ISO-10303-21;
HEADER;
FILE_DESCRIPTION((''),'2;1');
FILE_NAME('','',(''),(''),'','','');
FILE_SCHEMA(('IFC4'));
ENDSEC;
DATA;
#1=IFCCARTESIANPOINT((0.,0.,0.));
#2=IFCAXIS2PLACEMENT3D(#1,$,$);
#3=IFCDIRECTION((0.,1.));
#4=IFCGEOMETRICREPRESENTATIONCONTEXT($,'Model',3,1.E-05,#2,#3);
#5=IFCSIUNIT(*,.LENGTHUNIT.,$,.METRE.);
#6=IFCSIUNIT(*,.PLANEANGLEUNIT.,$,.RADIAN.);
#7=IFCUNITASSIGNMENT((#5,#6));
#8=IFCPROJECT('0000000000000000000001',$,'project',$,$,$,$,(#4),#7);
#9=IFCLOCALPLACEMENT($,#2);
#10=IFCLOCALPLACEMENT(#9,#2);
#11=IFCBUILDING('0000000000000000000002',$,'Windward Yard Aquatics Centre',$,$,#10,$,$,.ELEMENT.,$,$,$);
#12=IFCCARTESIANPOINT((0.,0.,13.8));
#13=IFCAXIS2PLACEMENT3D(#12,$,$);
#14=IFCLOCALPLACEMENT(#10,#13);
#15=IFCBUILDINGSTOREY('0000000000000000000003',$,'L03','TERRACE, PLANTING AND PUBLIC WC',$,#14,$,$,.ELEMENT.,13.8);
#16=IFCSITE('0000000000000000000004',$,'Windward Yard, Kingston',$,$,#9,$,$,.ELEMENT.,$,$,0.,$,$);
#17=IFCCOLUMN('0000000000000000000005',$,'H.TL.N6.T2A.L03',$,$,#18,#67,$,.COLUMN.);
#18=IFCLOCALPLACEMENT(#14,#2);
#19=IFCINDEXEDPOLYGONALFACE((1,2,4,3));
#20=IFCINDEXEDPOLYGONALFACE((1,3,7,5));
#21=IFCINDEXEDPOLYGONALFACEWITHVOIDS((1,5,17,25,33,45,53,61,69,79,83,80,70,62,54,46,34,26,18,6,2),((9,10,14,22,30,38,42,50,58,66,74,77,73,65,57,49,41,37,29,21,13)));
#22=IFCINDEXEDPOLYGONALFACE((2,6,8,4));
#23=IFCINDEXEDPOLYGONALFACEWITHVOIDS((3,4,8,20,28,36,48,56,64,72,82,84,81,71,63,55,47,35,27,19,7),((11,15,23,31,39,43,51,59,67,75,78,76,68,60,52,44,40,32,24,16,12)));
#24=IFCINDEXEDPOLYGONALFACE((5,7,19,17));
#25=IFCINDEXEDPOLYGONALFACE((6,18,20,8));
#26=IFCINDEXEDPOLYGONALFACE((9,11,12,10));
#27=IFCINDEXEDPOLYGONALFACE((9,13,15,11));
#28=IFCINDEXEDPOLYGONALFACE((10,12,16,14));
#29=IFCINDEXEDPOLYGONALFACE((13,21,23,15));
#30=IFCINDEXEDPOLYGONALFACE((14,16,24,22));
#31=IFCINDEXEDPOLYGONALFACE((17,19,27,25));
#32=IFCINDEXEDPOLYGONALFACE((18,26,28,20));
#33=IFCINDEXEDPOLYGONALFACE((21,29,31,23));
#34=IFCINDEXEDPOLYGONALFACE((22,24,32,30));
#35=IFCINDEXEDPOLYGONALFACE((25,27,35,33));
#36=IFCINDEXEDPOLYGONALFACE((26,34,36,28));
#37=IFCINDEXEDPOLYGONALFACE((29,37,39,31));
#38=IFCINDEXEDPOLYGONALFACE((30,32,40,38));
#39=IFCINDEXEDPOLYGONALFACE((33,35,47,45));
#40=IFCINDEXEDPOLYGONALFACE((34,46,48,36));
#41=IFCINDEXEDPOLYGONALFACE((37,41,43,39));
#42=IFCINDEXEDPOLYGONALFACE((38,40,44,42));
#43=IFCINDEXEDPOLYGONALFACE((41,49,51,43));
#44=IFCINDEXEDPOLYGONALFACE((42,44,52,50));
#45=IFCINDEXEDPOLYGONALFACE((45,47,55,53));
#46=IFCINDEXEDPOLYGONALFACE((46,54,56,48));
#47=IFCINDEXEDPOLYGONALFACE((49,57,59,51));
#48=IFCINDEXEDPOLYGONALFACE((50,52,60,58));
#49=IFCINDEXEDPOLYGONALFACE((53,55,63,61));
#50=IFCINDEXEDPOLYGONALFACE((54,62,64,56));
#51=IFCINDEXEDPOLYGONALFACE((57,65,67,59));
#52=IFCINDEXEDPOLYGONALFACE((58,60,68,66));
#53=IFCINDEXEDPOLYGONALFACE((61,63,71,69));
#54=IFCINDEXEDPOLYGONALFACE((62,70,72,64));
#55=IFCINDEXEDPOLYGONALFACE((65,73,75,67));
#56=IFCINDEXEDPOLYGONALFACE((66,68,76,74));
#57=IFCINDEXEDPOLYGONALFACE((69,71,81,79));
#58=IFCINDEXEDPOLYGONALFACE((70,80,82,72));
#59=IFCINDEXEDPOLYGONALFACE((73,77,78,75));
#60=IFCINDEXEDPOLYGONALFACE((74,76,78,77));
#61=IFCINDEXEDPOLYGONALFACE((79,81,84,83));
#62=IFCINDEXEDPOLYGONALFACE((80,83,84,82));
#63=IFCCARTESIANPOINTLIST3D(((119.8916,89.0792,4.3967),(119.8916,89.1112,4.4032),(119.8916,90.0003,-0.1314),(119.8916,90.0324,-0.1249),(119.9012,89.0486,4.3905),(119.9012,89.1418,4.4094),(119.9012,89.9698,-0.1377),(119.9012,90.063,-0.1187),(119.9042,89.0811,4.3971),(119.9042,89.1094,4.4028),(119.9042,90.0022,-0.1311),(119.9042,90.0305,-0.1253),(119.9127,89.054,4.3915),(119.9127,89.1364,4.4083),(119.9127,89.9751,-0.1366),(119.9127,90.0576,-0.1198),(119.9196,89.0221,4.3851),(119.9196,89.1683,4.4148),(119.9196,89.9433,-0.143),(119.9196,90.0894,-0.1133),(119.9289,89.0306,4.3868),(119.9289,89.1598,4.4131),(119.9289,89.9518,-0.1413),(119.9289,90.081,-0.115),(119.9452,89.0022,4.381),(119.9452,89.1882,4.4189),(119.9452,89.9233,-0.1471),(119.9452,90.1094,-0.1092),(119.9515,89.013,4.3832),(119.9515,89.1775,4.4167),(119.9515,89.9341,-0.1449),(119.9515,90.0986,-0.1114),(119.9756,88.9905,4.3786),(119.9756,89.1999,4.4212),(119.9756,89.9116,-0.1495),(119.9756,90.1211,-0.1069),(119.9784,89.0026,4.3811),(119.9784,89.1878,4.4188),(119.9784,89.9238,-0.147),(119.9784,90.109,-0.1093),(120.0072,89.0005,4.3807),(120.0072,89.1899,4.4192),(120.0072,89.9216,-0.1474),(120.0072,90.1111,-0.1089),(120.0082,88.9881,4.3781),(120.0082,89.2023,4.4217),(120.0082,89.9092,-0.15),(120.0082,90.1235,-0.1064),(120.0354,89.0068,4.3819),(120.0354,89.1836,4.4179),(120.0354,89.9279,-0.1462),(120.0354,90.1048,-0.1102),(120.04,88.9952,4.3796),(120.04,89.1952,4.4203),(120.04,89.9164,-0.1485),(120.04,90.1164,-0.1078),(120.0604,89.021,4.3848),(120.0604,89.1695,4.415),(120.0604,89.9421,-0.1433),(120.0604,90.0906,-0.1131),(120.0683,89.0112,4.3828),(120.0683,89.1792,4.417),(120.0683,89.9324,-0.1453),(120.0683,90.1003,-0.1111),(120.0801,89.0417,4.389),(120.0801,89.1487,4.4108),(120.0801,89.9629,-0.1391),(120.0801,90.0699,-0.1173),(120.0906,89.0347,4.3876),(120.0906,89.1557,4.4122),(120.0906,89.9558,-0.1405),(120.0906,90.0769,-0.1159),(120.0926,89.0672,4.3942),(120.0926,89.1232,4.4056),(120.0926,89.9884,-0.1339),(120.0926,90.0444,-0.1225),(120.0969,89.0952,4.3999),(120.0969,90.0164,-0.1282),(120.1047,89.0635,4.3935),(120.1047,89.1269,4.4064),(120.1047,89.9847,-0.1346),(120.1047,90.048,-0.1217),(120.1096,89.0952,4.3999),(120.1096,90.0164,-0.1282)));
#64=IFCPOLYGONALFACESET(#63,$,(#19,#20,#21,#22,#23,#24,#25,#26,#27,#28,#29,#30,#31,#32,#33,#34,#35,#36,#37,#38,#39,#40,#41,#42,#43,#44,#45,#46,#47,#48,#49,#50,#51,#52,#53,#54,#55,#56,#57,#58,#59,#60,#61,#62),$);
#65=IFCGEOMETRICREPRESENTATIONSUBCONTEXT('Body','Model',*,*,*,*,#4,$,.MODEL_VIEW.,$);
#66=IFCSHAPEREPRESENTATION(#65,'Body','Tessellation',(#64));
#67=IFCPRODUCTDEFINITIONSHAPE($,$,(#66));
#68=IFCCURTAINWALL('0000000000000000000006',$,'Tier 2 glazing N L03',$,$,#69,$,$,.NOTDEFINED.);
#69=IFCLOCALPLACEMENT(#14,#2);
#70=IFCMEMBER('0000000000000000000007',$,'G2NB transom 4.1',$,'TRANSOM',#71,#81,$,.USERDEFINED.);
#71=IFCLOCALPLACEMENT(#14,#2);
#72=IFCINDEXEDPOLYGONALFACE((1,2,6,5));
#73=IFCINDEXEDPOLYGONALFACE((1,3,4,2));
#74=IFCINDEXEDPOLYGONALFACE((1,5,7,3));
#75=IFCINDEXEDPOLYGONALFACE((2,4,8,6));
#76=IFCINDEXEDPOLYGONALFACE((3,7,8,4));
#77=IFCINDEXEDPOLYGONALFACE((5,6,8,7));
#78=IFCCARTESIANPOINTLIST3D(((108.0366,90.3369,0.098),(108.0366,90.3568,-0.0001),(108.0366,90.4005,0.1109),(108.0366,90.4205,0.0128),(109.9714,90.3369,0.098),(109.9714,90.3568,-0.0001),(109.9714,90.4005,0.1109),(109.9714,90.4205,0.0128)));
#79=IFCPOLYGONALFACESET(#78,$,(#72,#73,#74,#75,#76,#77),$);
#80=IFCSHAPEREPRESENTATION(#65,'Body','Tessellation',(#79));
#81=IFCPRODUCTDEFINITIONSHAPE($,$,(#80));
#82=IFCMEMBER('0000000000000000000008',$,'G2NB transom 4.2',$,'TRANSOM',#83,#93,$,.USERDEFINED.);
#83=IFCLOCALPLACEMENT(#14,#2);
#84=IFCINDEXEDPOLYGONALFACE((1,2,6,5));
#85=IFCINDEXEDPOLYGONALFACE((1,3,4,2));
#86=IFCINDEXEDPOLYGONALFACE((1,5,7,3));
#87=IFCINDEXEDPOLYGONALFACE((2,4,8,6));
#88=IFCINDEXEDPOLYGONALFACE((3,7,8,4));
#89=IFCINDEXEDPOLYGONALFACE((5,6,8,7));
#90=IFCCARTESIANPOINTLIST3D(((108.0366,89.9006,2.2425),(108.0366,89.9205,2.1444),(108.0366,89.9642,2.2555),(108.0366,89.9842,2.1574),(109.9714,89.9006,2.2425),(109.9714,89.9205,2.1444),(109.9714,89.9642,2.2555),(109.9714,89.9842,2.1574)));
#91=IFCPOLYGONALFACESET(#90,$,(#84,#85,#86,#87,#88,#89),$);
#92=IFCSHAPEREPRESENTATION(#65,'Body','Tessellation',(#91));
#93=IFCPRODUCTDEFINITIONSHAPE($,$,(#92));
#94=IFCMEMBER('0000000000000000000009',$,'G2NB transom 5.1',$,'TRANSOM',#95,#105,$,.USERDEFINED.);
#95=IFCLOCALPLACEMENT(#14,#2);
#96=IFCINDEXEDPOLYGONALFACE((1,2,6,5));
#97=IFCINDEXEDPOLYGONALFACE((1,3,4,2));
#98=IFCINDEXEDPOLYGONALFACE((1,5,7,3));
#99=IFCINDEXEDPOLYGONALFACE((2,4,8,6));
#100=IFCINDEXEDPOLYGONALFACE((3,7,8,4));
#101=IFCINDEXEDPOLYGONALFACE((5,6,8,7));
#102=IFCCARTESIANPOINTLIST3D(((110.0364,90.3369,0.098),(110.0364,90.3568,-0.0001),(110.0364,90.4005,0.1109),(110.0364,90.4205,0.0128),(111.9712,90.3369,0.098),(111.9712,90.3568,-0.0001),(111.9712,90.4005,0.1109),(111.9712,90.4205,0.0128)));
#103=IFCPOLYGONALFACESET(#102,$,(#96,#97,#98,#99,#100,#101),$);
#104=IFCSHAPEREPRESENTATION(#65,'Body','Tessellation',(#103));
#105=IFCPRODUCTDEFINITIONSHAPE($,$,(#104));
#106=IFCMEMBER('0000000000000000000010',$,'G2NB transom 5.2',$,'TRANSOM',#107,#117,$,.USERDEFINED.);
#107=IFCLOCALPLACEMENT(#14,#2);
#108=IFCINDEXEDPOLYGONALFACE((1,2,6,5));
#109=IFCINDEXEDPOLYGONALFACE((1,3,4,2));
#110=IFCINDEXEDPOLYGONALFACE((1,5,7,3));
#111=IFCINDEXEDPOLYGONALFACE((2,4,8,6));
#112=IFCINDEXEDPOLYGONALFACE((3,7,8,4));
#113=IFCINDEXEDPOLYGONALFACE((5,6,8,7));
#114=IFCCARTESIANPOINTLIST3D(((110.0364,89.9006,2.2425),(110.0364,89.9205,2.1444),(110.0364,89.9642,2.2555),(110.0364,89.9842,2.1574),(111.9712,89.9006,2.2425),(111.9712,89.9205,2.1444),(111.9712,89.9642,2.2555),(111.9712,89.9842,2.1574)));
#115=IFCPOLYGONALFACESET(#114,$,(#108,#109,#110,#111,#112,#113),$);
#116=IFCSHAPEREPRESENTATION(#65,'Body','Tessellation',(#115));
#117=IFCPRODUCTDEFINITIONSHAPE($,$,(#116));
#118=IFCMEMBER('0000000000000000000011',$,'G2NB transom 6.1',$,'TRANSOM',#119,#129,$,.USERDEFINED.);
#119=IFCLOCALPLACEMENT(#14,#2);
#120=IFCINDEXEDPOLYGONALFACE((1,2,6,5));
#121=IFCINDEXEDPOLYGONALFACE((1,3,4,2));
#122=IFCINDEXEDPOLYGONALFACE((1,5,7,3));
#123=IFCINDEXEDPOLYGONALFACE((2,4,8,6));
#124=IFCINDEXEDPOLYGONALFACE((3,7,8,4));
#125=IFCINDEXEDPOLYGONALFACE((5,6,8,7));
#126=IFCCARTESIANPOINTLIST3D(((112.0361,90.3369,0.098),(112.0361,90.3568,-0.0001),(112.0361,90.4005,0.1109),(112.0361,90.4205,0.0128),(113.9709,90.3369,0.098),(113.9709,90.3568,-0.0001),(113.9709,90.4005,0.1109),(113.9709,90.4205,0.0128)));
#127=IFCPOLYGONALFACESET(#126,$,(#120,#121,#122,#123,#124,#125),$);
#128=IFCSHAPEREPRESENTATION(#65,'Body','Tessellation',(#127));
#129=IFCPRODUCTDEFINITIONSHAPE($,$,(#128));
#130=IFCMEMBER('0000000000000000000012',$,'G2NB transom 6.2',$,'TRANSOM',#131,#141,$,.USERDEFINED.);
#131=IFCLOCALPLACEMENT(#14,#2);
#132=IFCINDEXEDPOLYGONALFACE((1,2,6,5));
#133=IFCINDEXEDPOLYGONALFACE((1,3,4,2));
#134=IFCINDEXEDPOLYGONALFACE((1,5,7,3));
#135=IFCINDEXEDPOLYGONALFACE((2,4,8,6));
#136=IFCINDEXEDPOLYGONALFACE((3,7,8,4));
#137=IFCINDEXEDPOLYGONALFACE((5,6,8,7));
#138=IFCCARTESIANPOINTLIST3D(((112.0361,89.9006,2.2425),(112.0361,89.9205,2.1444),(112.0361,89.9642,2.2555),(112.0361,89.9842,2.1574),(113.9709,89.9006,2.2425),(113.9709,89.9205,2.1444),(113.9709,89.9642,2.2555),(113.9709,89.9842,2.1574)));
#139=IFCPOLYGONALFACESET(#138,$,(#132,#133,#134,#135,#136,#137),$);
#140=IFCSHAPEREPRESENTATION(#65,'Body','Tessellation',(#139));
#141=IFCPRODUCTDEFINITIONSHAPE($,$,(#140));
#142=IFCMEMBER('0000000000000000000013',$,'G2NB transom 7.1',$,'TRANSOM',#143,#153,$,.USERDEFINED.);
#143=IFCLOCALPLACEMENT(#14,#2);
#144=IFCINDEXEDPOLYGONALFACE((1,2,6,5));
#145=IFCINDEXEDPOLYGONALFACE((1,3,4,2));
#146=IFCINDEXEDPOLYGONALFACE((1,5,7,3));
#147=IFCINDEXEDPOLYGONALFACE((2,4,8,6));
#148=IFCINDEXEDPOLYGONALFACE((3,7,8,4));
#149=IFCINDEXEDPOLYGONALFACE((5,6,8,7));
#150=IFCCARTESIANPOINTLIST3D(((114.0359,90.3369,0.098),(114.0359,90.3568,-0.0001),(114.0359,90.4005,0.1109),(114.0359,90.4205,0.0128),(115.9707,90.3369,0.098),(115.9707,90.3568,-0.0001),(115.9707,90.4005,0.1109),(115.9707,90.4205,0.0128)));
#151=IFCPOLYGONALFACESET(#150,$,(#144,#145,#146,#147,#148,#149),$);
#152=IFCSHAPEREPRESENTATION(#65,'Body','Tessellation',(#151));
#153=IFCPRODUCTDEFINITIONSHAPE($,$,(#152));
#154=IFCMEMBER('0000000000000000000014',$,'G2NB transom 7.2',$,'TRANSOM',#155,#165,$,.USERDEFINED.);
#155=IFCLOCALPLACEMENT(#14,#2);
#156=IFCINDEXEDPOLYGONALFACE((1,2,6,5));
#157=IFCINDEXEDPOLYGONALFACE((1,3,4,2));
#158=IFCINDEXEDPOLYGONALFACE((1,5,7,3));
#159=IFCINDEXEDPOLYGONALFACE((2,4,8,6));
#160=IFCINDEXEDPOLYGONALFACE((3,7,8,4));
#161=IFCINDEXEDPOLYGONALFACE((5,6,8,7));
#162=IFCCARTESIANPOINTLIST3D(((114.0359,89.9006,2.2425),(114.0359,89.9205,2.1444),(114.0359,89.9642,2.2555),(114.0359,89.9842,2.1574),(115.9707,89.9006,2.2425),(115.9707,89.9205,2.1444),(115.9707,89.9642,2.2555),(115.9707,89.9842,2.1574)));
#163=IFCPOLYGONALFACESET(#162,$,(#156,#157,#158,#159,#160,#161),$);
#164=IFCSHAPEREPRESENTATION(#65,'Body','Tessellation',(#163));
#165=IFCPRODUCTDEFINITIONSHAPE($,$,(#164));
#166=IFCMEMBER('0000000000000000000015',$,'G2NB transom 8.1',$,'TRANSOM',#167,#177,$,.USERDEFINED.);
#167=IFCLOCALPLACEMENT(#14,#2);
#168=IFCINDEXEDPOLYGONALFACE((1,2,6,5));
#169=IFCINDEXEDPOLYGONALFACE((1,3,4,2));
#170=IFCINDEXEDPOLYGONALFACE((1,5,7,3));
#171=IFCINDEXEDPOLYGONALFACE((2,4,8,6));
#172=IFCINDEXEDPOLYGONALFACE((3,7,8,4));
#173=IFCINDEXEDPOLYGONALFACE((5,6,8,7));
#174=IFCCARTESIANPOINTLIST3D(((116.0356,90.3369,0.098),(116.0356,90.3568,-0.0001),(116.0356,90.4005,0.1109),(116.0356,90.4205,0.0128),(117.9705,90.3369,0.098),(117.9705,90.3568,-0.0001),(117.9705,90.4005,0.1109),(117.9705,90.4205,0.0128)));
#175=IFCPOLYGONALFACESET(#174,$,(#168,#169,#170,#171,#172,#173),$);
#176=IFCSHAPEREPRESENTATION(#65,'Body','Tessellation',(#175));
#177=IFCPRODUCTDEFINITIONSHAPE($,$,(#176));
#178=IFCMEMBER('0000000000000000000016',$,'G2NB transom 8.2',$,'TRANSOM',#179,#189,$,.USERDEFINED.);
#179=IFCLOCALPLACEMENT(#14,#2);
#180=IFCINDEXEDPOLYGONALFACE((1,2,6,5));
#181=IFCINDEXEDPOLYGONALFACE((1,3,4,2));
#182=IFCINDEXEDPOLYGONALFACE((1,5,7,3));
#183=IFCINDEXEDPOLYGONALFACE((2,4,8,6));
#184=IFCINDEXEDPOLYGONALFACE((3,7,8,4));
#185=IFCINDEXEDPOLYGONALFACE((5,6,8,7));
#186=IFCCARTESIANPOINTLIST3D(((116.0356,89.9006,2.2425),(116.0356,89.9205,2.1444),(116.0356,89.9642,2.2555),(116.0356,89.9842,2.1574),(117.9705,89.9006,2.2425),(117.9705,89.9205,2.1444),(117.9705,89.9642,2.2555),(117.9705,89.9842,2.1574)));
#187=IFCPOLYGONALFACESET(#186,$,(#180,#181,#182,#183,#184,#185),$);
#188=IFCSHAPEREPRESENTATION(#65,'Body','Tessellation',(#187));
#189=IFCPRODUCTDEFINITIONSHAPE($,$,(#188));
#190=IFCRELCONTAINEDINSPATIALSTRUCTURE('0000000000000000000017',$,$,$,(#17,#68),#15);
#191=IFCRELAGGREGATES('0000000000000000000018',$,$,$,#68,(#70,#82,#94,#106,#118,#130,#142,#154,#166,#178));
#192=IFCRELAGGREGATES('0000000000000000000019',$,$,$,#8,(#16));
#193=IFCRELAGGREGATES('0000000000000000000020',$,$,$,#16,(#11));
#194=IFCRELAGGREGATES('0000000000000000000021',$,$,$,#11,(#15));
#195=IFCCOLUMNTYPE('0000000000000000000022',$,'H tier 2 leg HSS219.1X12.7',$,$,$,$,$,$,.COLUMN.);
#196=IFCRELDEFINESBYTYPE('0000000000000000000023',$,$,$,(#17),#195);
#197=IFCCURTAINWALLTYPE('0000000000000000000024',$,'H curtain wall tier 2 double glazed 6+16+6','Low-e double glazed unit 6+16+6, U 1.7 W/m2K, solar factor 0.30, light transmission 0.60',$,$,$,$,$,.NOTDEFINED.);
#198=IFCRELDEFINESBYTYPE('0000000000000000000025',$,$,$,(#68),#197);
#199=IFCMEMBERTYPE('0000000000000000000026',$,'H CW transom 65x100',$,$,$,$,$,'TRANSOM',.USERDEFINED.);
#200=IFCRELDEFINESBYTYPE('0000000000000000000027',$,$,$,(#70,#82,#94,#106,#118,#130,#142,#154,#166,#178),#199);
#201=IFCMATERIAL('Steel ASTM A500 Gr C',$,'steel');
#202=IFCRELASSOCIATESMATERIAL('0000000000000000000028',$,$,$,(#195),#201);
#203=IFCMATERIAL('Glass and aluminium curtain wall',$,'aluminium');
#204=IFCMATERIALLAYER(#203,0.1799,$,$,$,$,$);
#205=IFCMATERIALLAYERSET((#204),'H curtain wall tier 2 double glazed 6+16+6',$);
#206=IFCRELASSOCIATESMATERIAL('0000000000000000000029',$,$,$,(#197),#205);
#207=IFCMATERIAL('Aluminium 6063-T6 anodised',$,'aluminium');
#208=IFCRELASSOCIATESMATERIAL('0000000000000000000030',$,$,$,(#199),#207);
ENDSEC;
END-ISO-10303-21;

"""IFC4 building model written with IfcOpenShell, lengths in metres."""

from ifc_helpers import new_model, si_unit, direction, frame, origin, origin_2d, place, context, subcontext, project, spatial, rectangle, hollow_circle, extrude, material, layer, layer_set, material_profile, profile_set, type_object, element, aggregate, save


model = new_model("IFC4")

# Units and contexts
model_context = context("Model", 3, precision=1e-05, world=origin(), true_north=direction((0.0, 1.0)))
body_context = subcontext(model_context, "Body", "Model", "MODEL_VIEW")
ifc_project = project(units=[si_unit("LENGTHUNIT", "METRE"), si_unit("PLANEANGLEUNIT", "RADIAN")], contexts=[model_context])

# Site, building, storey
site_placement = place(None, origin())
site = spatial("IfcSite", under=ifc_project, at=site_placement, Name="Windward Yard, Kingston", CompositionType="ELEMENT", RefElevation=0.0)
building_placement = place(site_placement, origin())
building = spatial("IfcBuilding", under=site, at=building_placement, Name="Windward Yard Aquatics Centre", CompositionType="ELEMENT")
storey_placement = place(building_placement, frame((0.0, 0.0, 13.8)))
storey = spatial("IfcBuildingStorey", under=building, at=storey_placement, Name="L03", Description="TERRACE, PLANTING AND PUBLIC WC", CompositionType="ELEMENT", Elevation=13.8)

# Column
ifc_material_1 = material(Name="Steel ASTM A500 Gr C", Category="steel")
ifc_material_profile_1 = material_profile(ifc_material_1, hollow_circle(Radius=0.1096, WallThickness=0.0127, at=origin_2d()), Name="HSS219.1X12.7")
ifc_profile_set_1 = profile_set([ifc_material_profile_1], Name="Steel ASTM A500 Gr C")
column_type = type_object("IfcColumnType", Name="H tier 2 leg HSS219.1X12.7", PredefinedType="COLUMN", material=ifc_profile_set_1)
column_placement = place(storey_placement, frame((120.0, 90.0164, -0.1282), z_axis=(0.0, -0.199346, 0.979929), x_axis=(1.0, 0.0, 0.0)))
element("IfcColumn", 1, at=column_placement, inside=storey, type_object=column_type, Name="H.TL.N6.T2A.L03", PredefinedType="COLUMN", context=body_context, shape_type="SweptSolid", body=[
    extrude(hollow_circle(Radius=0.1096, WallThickness=0.0127, at=origin_2d()), origin(), (0.0, 0.0, 1.0), 4.6208),
])

# Curtain wall, members
ifc_material_2 = material(Name="Glass and aluminium curtain wall", Category="aluminium")
ifc_layer_1 = layer(ifc_material_2, 0.1799)
ifc_layer_set_1 = layer_set([ifc_layer_1], Name="H curtain wall tier 2 double glazed 6+16+6")
curtain_wall_type = type_object("IfcCurtainWallType", Name="H curtain wall tier 2 double glazed 6+16+6", Description="Low-e double glazed unit 6+16+6, U 1.7 W/m2K, solar factor 0.30, light transmission 0.60", PredefinedType="NOTDEFINED", material=ifc_layer_set_1)
curtain_wall_placement = place(storey_placement, origin())
curtain_wall = element("IfcCurtainWall", 2, at=curtain_wall_placement, inside=storey, type_object=curtain_wall_type, Name="Tier 2 glazing N L03", PredefinedType="NOTDEFINED")
ifc_material_3 = material(Name="Aluminium 6063-T6 anodised", Category="aluminium")
ifc_material_profile_2 = material_profile(ifc_material_3, rectangle(XDim=0.0649, YDim=0.1001, at=origin_2d()), Name="H CW transom 65x100")
ifc_profile_set_2 = profile_set([ifc_material_profile_2], Name="Aluminium 6063-T6 anodised")
member_type = type_object("IfcMemberType", Name="H CW transom 65x100", ElementType="TRANSOM", PredefinedType="USERDEFINED", material=ifc_profile_set_2)
member_1_placement = place(storey_placement, frame((108.0366, 90.3787, 0.0554), z_axis=(1.0, 0.0, 0.0), x_axis=(0.0, 0.979925, 0.199368)))
member_1 = element("IfcMember", 3, at=member_1_placement, type_object=member_type, Name="G2NB transom 4.1", ObjectType="TRANSOM", PredefinedType="USERDEFINED", context=body_context, shape_type="SweptSolid", body=[
    extrude(rectangle(XDim=0.0649, YDim=0.1001, at=origin_2d()), origin(), (0.0, 0.0, 1.0), 1.9348),
])
member_2_placement = place(storey_placement, frame((108.0366, 89.9424, 2.2), z_axis=(1.0, 0.0, 0.0), x_axis=(0.0, 0.979925, 0.199368)))
member_2 = element("IfcMember", 4, at=member_2_placement, type_object=member_type, Name="G2NB transom 4.2", ObjectType="TRANSOM", PredefinedType="USERDEFINED", context=body_context, shape_type="SweptSolid", body=[
    extrude(rectangle(XDim=0.0649, YDim=0.1001, at=origin_2d()), origin(), (0.0, 0.0, 1.0), 1.9348),
])
member_3_placement = place(storey_placement, frame((110.0364, 90.3787, 0.0554), z_axis=(1.0, 0.0, 0.0), x_axis=(0.0, 0.979925, 0.199368)))
member_3 = element("IfcMember", 5, at=member_3_placement, type_object=member_type, Name="G2NB transom 5.1", ObjectType="TRANSOM", PredefinedType="USERDEFINED", context=body_context, shape_type="SweptSolid", body=[
    extrude(rectangle(XDim=0.0649, YDim=0.1001, at=origin_2d()), origin(), (0.0, 0.0, 1.0), 1.9348),
])
member_4_placement = place(storey_placement, frame((110.0364, 89.9424, 2.2), z_axis=(1.0, 0.0, 0.0), x_axis=(0.0, 0.979925, 0.199368)))
member_4 = element("IfcMember", 6, at=member_4_placement, type_object=member_type, Name="G2NB transom 5.2", ObjectType="TRANSOM", PredefinedType="USERDEFINED", context=body_context, shape_type="SweptSolid", body=[
    extrude(rectangle(XDim=0.0649, YDim=0.1001, at=origin_2d()), origin(), (0.0, 0.0, 1.0), 1.9348),
])
member_5_placement = place(storey_placement, frame((112.0361, 90.3787, 0.0554), z_axis=(1.0, 0.0, 0.0), x_axis=(0.0, 0.979925, 0.199368)))
member_5 = element("IfcMember", 7, at=member_5_placement, type_object=member_type, Name="G2NB transom 6.1", ObjectType="TRANSOM", PredefinedType="USERDEFINED", context=body_context, shape_type="SweptSolid", body=[
    extrude(rectangle(XDim=0.0649, YDim=0.1001, at=origin_2d()), origin(), (0.0, 0.0, 1.0), 1.9348),
])
member_6_placement = place(storey_placement, frame((112.0361, 89.9424, 2.2), z_axis=(1.0, 0.0, 0.0), x_axis=(0.0, 0.979925, 0.199368)))
member_6 = element("IfcMember", 8, at=member_6_placement, type_object=member_type, Name="G2NB transom 6.2", ObjectType="TRANSOM", PredefinedType="USERDEFINED", context=body_context, shape_type="SweptSolid", body=[
    extrude(rectangle(XDim=0.0649, YDim=0.1001, at=origin_2d()), origin(), (0.0, 0.0, 1.0), 1.9348),
])
member_7_placement = place(storey_placement, frame((114.0359, 90.3787, 0.0554), z_axis=(1.0, 0.0, 0.0), x_axis=(0.0, 0.979925, 0.199368)))
member_7 = element("IfcMember", 9, at=member_7_placement, type_object=member_type, Name="G2NB transom 7.1", ObjectType="TRANSOM", PredefinedType="USERDEFINED", context=body_context, shape_type="SweptSolid", body=[
    extrude(rectangle(XDim=0.0649, YDim=0.1001, at=origin_2d()), origin(), (0.0, 0.0, 1.0), 1.9348),
])
member_8_placement = place(storey_placement, frame((114.0359, 89.9424, 2.2), z_axis=(1.0, 0.0, 0.0), x_axis=(0.0, 0.979925, 0.199368)))
member_8 = element("IfcMember", 10, at=member_8_placement, type_object=member_type, Name="G2NB transom 7.2", ObjectType="TRANSOM", PredefinedType="USERDEFINED", context=body_context, shape_type="SweptSolid", body=[
    extrude(rectangle(XDim=0.0649, YDim=0.1001, at=origin_2d()), origin(), (0.0, 0.0, 1.0), 1.9348),
])
member_9_placement = place(storey_placement, frame((116.0356, 90.3787, 0.0554), z_axis=(1.0, 0.0, 0.0), x_axis=(0.0, 0.979925, 0.199368)))
member_9 = element("IfcMember", 11, at=member_9_placement, type_object=member_type, Name="G2NB transom 8.1", ObjectType="TRANSOM", PredefinedType="USERDEFINED", context=body_context, shape_type="SweptSolid", body=[
    extrude(rectangle(XDim=0.0649, YDim=0.1001, at=origin_2d()), origin(), (0.0, 0.0, 1.0), 1.9348),
])
member_10_placement = place(storey_placement, frame((116.0356, 89.9424, 2.2), z_axis=(1.0, 0.0, 0.0), x_axis=(0.0, 0.979925, 0.199368)))
member_10 = element("IfcMember", 12, at=member_10_placement, type_object=member_type, Name="G2NB transom 8.2", ObjectType="TRANSOM", PredefinedType="USERDEFINED", context=body_context, shape_type="SweptSolid", body=[
    extrude(rectangle(XDim=0.0649, YDim=0.1001, at=origin_2d()), origin(), (0.0, 0.0, 1.0), 1.9348),
])

aggregate(curtain_wall, [member_1, member_2, member_3, member_4, member_5, member_6, member_7, member_8, member_9, member_10])

save(model, "model.ifc")
